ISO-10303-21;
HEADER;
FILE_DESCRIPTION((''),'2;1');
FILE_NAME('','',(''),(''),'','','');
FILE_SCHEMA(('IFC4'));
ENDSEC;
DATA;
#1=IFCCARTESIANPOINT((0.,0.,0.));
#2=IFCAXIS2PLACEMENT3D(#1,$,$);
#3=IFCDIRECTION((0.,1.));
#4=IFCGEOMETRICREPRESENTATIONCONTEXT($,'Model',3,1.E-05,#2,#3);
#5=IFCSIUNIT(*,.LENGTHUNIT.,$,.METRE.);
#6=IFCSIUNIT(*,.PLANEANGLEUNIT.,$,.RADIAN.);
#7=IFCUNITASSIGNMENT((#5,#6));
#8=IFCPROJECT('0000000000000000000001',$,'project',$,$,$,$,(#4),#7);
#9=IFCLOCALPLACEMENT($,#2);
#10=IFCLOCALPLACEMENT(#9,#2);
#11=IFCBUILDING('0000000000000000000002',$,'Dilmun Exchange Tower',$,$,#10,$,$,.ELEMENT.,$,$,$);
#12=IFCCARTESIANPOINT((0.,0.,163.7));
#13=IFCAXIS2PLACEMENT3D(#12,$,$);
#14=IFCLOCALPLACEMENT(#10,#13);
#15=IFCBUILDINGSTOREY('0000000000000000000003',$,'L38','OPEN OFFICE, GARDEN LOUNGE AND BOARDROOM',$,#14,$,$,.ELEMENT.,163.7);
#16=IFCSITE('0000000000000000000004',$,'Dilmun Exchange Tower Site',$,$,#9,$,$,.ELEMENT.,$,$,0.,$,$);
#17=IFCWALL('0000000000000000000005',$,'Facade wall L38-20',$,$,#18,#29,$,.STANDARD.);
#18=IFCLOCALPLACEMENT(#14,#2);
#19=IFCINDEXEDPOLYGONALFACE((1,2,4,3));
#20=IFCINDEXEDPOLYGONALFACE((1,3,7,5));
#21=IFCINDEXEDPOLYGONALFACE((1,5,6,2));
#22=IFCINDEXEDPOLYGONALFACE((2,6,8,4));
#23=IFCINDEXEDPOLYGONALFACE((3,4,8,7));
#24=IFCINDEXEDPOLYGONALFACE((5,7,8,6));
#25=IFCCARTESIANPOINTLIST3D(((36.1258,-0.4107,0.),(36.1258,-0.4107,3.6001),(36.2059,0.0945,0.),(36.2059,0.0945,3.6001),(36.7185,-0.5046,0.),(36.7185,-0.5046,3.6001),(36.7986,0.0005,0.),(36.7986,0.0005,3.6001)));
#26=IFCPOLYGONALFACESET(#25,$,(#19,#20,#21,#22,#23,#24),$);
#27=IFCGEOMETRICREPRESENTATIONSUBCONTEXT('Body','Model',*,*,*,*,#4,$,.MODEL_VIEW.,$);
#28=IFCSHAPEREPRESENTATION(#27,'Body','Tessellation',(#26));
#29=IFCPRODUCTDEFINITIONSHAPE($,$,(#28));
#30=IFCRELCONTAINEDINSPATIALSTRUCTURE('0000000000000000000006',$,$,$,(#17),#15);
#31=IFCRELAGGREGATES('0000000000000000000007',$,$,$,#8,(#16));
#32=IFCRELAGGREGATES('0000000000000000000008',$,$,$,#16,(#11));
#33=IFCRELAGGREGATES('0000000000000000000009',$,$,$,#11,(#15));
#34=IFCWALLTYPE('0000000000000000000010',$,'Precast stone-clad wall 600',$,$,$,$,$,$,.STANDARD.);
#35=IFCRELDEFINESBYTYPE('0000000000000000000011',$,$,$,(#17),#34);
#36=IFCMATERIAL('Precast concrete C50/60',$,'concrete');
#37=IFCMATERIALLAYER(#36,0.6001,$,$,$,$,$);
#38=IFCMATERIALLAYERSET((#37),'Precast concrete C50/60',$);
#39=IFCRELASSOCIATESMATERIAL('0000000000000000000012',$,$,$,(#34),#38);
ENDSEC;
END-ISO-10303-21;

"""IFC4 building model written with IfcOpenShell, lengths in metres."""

from ifc_helpers import new_model, si_unit, direction, frame, frame_2d, origin, place, context, subcontext, project, spatial, rectangle, extrude, material, layer, layer_set, type_object, element, save


model = new_model("IFC4")

# Units and contexts
model_context = context("Model", 3, precision=1e-05, world=origin(), true_north=direction((0.0, 1.0)))
body_context = subcontext(model_context, "Body", "Model", "MODEL_VIEW")
ifc_project = project(units=[si_unit("LENGTHUNIT", "METRE"), si_unit("PLANEANGLEUNIT", "RADIAN")], contexts=[model_context])

# Site, building, storey
site_placement = place(None, origin())
site = spatial("IfcSite", under=ifc_project, at=site_placement, Name="Dilmun Exchange Tower Site", CompositionType="ELEMENT", RefElevation=0.0)
building_placement = place(site_placement, origin())
building = spatial("IfcBuilding", under=site, at=building_placement, Name="Dilmun Exchange Tower", CompositionType="ELEMENT")
storey_placement = place(building_placement, frame((0.0, 0.0, 163.7)))
storey = spatial("IfcBuildingStorey", under=building, at=storey_placement, Name="L38", Description="OPEN OFFICE, GARDEN LOUNGE AND BOARDROOM", CompositionType="ELEMENT", Elevation=163.7)

# Wall
ifc_material_1 = material(Name="Precast concrete C50/60", Category="concrete")
ifc_layer_1 = layer(ifc_material_1, 0.6001)
ifc_layer_set_1 = layer_set([ifc_layer_1], Name="Precast concrete C50/60")
wall_type_1 = type_object("IfcWallType", Name="Precast stone-clad wall 600", PredefinedType="STANDARD", material=ifc_layer_set_1)
wall_1_placement = place(storey_placement, frame((36.4221, -0.4578, 0.0), z_axis=(0.0, 0.0, 1.0), x_axis=(0.156575, 0.987666, 0.0)))
element("IfcWall", 1, at=wall_1_placement, inside=storey, type_object=wall_type_1, Name="Facade wall L38-20", PredefinedType="STANDARD", context=body_context, shape_type="SweptSolid", body=[
    extrude(rectangle(XDim=0.5115, YDim=0.6001, at=frame_2d((0.2559, 0.0))), origin(), (0.0, 0.0, 1.0), 3.6001),
])

save(model, "model.ifc")
